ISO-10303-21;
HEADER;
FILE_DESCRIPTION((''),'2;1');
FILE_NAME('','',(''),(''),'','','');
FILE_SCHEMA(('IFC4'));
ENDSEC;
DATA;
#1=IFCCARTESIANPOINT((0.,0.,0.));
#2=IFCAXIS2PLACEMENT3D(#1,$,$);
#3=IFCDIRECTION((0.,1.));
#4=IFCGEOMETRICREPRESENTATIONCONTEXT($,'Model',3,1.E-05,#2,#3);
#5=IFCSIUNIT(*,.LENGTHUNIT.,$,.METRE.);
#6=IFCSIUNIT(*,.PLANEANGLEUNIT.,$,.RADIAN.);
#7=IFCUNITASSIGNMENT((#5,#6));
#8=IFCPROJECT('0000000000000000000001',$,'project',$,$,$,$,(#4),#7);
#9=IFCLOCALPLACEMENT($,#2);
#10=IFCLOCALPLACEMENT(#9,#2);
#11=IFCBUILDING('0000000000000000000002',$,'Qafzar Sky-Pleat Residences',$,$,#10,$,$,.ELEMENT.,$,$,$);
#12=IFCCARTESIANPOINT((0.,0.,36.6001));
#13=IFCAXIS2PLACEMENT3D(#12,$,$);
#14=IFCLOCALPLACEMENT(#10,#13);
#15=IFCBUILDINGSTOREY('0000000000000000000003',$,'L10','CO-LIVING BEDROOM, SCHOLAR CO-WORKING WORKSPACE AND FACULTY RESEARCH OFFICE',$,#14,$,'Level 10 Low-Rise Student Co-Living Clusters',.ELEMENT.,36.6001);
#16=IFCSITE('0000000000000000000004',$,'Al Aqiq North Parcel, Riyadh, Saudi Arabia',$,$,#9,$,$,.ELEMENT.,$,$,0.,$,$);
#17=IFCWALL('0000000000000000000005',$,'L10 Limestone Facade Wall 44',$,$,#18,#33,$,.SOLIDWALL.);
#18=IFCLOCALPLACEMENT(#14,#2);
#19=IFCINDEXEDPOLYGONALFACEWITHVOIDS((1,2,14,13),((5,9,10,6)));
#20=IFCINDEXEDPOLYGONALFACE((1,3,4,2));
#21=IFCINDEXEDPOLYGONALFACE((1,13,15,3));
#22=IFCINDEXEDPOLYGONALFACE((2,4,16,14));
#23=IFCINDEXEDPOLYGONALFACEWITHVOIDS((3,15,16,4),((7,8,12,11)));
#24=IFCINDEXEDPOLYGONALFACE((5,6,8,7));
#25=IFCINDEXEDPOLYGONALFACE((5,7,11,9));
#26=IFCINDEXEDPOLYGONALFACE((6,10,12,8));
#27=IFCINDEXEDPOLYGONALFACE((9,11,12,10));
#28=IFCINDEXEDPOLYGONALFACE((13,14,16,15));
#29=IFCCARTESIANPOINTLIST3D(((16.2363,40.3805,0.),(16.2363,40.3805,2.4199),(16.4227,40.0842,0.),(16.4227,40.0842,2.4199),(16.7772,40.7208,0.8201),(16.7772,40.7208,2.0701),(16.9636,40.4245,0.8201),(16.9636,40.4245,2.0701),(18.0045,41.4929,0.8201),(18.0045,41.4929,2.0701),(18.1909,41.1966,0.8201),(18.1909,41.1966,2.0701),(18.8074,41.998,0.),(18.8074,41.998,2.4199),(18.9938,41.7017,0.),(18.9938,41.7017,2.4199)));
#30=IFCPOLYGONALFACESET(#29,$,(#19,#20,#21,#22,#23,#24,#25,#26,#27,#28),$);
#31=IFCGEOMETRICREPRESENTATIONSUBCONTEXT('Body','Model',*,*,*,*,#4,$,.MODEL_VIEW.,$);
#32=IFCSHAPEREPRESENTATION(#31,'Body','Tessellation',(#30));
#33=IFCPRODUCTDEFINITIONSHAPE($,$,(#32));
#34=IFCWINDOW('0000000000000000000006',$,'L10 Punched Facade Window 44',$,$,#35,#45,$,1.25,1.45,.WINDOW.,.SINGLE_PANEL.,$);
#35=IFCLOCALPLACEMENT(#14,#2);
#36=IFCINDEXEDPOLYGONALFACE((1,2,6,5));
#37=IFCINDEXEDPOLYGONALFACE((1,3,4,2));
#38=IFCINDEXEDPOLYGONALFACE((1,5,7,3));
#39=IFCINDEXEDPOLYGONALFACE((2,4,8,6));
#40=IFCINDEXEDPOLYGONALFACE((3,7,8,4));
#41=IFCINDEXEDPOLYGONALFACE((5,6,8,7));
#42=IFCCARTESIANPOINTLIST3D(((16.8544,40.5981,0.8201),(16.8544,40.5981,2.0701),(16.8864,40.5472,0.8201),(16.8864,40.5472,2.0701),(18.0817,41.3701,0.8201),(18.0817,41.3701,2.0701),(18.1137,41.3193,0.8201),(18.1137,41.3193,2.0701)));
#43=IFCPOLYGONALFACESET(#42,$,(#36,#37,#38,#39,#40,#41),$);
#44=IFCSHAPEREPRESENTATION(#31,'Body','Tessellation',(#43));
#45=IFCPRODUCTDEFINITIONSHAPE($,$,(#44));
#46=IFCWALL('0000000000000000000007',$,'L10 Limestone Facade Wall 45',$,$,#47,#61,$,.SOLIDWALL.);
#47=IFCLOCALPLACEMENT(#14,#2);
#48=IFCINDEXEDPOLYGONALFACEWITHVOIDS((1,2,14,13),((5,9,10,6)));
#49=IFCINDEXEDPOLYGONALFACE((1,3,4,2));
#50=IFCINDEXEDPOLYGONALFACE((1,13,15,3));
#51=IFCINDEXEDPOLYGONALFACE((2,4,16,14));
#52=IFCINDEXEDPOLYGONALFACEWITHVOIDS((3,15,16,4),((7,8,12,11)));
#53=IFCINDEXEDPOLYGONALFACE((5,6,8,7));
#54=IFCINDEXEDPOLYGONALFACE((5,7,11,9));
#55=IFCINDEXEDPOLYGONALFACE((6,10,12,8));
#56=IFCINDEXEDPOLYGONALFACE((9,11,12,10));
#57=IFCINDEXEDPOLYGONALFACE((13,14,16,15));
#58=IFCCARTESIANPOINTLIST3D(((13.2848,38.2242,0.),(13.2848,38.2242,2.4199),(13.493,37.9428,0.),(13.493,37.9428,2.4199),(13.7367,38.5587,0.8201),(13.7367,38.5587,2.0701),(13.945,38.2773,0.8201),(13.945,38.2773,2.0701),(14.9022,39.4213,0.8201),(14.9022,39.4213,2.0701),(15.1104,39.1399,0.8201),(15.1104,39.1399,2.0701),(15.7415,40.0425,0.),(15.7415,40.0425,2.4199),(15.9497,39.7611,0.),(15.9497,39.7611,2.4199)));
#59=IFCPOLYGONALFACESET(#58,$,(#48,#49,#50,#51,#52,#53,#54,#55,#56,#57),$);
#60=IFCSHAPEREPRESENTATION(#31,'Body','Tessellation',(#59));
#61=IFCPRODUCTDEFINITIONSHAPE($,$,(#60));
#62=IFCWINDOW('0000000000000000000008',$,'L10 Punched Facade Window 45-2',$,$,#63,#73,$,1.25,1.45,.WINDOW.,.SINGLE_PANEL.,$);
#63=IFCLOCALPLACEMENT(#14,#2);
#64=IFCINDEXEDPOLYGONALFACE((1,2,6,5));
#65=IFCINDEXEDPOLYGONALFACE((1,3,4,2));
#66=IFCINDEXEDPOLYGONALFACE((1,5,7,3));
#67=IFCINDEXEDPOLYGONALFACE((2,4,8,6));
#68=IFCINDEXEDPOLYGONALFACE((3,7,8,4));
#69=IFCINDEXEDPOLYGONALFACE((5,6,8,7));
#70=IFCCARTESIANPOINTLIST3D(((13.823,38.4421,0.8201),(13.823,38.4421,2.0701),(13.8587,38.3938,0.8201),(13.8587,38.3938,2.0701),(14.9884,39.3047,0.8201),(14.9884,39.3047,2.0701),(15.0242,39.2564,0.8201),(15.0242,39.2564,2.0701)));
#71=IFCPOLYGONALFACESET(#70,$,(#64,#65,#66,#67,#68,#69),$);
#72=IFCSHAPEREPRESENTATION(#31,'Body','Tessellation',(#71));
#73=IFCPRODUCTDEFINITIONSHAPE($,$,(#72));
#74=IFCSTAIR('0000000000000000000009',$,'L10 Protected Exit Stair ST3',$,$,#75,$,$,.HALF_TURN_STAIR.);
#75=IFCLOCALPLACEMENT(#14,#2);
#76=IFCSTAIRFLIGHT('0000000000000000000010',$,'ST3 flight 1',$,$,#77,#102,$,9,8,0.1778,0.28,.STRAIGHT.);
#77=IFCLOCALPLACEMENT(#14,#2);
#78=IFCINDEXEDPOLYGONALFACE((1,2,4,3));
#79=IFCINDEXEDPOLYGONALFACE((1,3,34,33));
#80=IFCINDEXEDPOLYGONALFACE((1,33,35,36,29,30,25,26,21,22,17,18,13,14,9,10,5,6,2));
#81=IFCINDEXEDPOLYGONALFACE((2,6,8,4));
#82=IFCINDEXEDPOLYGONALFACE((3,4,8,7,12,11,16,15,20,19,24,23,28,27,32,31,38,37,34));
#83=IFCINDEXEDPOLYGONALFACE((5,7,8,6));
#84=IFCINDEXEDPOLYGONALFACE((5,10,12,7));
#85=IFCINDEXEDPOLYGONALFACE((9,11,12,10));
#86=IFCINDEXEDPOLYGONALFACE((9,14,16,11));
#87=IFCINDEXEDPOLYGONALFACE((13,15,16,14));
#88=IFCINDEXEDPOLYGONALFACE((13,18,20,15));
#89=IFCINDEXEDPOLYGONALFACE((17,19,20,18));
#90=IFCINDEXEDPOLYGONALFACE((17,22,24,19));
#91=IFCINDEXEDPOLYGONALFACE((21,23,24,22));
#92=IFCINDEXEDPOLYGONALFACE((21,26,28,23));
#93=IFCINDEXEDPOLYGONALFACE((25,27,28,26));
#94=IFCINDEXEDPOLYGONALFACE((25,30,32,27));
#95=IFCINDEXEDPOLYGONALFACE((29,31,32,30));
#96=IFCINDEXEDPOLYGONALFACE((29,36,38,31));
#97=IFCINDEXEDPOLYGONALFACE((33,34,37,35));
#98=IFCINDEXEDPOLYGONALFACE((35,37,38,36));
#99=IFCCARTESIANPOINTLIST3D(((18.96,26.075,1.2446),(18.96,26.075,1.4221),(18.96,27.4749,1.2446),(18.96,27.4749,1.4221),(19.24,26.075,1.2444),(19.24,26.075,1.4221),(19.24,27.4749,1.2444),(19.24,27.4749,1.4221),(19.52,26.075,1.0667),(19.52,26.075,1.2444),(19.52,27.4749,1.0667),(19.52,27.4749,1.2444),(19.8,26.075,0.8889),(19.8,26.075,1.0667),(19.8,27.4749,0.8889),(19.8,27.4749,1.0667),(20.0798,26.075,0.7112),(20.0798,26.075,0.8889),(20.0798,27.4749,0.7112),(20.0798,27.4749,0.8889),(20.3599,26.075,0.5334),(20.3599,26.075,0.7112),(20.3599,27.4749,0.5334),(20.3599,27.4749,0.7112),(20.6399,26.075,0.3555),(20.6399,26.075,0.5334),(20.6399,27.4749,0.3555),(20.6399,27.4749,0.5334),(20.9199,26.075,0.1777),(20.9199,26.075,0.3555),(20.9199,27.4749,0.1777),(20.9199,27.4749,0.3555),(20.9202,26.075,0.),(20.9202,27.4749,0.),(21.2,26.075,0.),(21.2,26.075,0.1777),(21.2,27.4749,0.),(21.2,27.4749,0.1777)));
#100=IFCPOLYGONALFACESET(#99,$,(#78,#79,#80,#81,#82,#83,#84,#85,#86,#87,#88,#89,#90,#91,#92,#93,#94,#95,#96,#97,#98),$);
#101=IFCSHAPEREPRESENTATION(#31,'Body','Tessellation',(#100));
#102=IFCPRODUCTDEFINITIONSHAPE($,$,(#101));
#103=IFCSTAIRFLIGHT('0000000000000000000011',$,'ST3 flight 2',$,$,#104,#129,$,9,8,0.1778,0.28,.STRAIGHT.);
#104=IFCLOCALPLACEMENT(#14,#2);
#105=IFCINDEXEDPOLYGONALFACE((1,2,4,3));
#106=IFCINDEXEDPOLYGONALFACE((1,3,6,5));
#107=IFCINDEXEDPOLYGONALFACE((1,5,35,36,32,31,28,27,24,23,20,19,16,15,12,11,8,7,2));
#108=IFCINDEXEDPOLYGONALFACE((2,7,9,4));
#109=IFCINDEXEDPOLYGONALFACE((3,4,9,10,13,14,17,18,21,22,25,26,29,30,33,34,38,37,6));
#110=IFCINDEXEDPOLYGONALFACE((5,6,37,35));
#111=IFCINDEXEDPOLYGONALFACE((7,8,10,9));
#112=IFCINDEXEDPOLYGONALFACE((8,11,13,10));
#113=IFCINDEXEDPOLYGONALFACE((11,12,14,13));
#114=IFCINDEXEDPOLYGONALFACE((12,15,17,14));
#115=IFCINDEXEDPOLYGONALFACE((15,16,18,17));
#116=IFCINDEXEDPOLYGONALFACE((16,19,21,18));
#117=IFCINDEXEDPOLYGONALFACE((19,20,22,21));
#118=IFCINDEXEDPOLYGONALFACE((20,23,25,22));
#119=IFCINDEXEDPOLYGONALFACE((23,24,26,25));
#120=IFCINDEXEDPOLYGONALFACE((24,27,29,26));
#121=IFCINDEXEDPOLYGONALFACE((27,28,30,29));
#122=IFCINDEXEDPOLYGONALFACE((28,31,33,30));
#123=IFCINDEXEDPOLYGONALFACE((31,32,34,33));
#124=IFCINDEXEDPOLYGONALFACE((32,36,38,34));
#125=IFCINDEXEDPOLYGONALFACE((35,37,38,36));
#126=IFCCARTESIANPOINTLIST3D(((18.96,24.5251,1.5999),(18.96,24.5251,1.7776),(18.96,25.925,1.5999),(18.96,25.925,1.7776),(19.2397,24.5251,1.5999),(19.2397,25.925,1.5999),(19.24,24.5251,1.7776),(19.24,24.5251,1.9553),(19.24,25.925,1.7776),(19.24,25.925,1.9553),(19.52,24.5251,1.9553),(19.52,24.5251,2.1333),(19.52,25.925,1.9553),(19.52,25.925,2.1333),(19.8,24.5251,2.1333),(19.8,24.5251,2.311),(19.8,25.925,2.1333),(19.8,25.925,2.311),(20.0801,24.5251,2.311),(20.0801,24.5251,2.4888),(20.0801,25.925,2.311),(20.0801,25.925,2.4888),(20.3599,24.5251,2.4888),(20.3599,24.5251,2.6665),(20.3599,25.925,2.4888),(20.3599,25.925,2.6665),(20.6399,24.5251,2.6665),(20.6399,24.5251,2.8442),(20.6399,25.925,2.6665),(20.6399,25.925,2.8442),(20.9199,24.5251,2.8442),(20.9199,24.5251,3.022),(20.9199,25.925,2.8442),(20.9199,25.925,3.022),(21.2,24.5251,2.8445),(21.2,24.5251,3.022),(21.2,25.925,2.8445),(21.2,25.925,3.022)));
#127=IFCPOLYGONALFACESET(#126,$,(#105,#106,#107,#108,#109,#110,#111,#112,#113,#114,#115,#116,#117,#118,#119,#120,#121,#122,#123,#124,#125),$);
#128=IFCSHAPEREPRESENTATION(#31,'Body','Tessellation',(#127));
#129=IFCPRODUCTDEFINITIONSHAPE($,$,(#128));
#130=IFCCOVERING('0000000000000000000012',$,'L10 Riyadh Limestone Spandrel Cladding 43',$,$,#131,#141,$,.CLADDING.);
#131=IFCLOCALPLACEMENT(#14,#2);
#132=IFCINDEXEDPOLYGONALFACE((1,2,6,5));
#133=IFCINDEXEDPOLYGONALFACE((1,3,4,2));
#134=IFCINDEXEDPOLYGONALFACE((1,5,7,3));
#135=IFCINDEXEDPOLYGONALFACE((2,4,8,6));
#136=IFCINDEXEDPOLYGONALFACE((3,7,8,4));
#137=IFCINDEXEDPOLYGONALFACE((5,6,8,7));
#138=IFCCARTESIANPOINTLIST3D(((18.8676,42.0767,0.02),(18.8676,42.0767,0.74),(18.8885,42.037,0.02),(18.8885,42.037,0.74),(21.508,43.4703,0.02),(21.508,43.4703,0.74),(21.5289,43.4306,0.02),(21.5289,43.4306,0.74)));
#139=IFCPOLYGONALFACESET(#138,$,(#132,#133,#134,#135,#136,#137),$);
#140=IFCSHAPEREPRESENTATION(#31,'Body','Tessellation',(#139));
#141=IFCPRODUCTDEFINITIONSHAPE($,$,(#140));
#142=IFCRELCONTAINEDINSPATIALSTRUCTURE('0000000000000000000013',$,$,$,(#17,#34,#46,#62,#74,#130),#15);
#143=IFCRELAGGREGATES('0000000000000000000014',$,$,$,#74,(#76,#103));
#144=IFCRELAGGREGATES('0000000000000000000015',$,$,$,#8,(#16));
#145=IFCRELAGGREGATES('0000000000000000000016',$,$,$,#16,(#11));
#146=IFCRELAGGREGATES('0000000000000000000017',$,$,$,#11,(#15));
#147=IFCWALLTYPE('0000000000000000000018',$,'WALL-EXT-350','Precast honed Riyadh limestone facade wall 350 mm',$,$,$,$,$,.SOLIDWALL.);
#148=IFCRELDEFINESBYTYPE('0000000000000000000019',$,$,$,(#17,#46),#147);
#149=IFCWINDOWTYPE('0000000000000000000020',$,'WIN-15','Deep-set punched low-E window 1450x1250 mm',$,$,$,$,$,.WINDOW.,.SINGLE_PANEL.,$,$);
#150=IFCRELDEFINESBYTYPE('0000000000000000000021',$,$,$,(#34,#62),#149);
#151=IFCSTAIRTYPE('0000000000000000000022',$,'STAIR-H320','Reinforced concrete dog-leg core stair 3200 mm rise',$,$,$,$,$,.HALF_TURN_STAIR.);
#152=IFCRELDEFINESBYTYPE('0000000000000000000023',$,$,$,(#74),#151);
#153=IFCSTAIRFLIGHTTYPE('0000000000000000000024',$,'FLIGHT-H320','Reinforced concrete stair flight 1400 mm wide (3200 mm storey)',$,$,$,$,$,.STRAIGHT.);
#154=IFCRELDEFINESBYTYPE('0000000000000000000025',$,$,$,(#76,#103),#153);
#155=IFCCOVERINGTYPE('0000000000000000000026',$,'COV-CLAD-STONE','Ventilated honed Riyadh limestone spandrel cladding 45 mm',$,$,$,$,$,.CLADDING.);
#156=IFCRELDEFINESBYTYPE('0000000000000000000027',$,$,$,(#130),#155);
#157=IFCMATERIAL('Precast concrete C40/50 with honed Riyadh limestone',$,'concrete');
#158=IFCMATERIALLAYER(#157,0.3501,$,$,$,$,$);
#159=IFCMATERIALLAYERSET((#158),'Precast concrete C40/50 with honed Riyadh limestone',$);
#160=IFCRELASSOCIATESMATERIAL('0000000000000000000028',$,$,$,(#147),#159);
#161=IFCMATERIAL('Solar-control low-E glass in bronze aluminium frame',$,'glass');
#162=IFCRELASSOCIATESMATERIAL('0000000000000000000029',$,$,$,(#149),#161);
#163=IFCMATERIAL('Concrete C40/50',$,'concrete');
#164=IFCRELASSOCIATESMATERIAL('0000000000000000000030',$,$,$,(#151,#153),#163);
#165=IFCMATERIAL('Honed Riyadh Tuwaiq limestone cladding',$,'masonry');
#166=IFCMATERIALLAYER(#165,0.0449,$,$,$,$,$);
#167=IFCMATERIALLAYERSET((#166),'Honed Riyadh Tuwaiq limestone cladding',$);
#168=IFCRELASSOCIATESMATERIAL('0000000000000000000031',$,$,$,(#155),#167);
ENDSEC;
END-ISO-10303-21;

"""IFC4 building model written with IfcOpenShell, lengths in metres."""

from ifc_helpers import new_model, si_unit, direction, frame, frame_2d, origin, origin_2d, place, context, subcontext, project, spatial, polyline, rectangle, outline, extrude, source, transform, mapped, material, layer, layer_set, type_object, element, fill, aggregate, save


model = new_model("IFC4")

# Units and contexts
model_context = context("Model", 3, precision=1e-05, world=origin(), true_north=direction((0.0, 1.0)))
body_context = subcontext(model_context, "Body", "Model", "MODEL_VIEW")
ifc_project = project(units=[si_unit("LENGTHUNIT", "METRE"), si_unit("PLANEANGLEUNIT", "RADIAN")], contexts=[model_context])

# Site, building, storey
site_placement = place(None, origin())
site = spatial("IfcSite", under=ifc_project, at=site_placement, Name="Al Aqiq North Parcel, Riyadh, Saudi Arabia", CompositionType="ELEMENT", RefElevation=0.0)
building_placement = place(site_placement, origin())
building = spatial("IfcBuilding", under=site, at=building_placement, Name="Qafzar Sky-Pleat Residences", CompositionType="ELEMENT")
storey_placement = place(building_placement, frame((0.0, 0.0, 36.6001)))
storey = spatial("IfcBuildingStorey", under=building, at=storey_placement, Name="L10", Description="CO-LIVING BEDROOM, SCHOLAR CO-WORKING WORKSPACE AND FACULTY RESEARCH OFFICE", LongName="Level 10 Low-Rise Student Co-Living Clusters", CompositionType="ELEMENT", Elevation=36.6001)

# Walls, openings, windows
ifc_material_1 = material(Name="Precast concrete C40/50 with honed Riyadh limestone", Category="concrete")
ifc_layer_1 = layer(ifc_material_1, 0.3501)
ifc_layer_set_1 = layer_set([ifc_layer_1], Name="Precast concrete C40/50 with honed Riyadh limestone")
wall_type_1 = type_object("IfcWallType", Name="WALL-EXT-350", Description="Precast honed Riyadh limestone facade wall 350 mm", PredefinedType="SOLIDWALL", material=ifc_layer_set_1)
wall_1_placement = place(storey_placement, frame((18.9006, 41.8499, 0.0), z_axis=(0.0, 0.0, 1.0), x_axis=(-0.846437, -0.532489, 0.0)))
wall_1 = element("IfcWall", 1, at=wall_1_placement, inside=storey, type_object=wall_type_1, Name="L10 Limestone Facade Wall 44", PredefinedType="SOLIDWALL", context=body_context, shape_type="SweptSolid", body=[
    extrude(rectangle(XDim=3.0376, YDim=0.3501, at=frame_2d((1.5188, 0.0))), origin(), (0.0, 0.0, 1.0), 2.4199),
])
opening_1_placement = place(wall_1_placement, frame((0.9485, 0.0, 0.8201)))
opening_1 = element("IfcOpeningElement", 2, at=opening_1_placement, cuts=wall_1, PredefinedType="OPENING", context=body_context, shape_type="SweptSolid", body=[
    extrude(rectangle(XDim=1.45, YDim=1.25, at=frame_2d((0.7251, 0.625))), frame((0.0, 0.1851, 0.0), z_axis=(0.0, -1.0, 0.0), x_axis=(1.0, 0.0, 0.0)), (0.0, 0.0, 1.0), 0.3701),
])
ifc_material_2 = material(Name="Solar-control low-E glass in bronze aluminium frame", Category="glass")
window_type = type_object("IfcWindowType", Name="WIN-15", Description="Deep-set punched low-E window 1450x1250 mm", PartitioningType="SINGLE_PANEL", PredefinedType="WINDOW", material=ifc_material_2)
shared_shape_1 = source(origin(), body_context, "Body", "SweptSolid", [
    extrude(rectangle(XDim=1.45, YDim=1.25, at=frame_2d((0.7251, 0.625))), frame((0.0, 0.03, 0.0), z_axis=(0.0, -1.0, 0.0), x_axis=(1.0, 0.0, 0.0)), (0.0, 0.0, 1.0), 0.0601),
])
window_1_placement = place(opening_1_placement, origin())
window_1 = element("IfcWindow", 3, at=window_1_placement, inside=storey, type_object=window_type, Name="L10 Punched Facade Window 44", OverallHeight=1.25, OverallWidth=1.45, PartitioningType="SINGLE_PANEL", PredefinedType="WINDOW", context=body_context, shape_type="MappedRepresentation", body=[
    mapped(shared_shape_1, transform((0.0, 0.0, 0.0), x_axis=(1.0, 0.0, 0.0), y_axis=(0.0, 1.0, 0.0), z_axis=(0.0, 0.0, 1.0), scale=1.0)),
])
fill(opening_1, window_1)
wall_2_placement = place(storey_placement, frame((15.8457, 39.9019, 0.0), z_axis=(0.0, 0.0, 1.0), x_axis=(-0.803789, -0.594914, 0.0)))
wall_2 = element("IfcWall", 4, at=wall_2_placement, inside=storey, type_object=wall_type_1, Name="L10 Limestone Facade Wall 45", PredefinedType="SOLIDWALL", context=body_context, shape_type="SweptSolid", body=[
    extrude(rectangle(XDim=3.0564, YDim=0.3501, at=frame_2d((1.5283, 0.0))), origin(), (0.0, 0.0, 1.0), 2.4199),
])
opening_2_placement = place(wall_2_placement, frame((1.0442, 0.0, 0.8201)))
opening_2 = element("IfcOpeningElement", 5, at=opening_2_placement, cuts=wall_2, PredefinedType="OPENING", context=body_context, shape_type="SweptSolid", body=[
    extrude(rectangle(XDim=1.45, YDim=1.25, at=frame_2d((0.7251, 0.625))), frame((0.0, 0.1851, 0.0), z_axis=(0.0, -1.0, 0.0), x_axis=(1.0, 0.0, 0.0)), (0.0, 0.0, 1.0), 0.3701),
])
window_2_placement = place(opening_2_placement, origin())
window_2 = element("IfcWindow", 6, at=window_2_placement, inside=storey, type_object=window_type, Name="L10 Punched Facade Window 45-2", OverallHeight=1.25, OverallWidth=1.45, PartitioningType="SINGLE_PANEL", PredefinedType="WINDOW", context=body_context, shape_type="MappedRepresentation", body=[
    mapped(shared_shape_1, transform((0.0, 0.0, 0.0), x_axis=(1.0, 0.0, 0.0), y_axis=(0.0, 1.0, 0.0), z_axis=(0.0, 0.0, 1.0), scale=1.0)),
])
fill(opening_2, window_2)

# Stair, stair flights
ifc_material_3 = material(Name="Concrete C40/50", Category="concrete")
stair_type = type_object("IfcStairType", Name="STAIR-H320", Description="Reinforced concrete dog-leg core stair 3200 mm rise", PredefinedType="HALF_TURN_STAIR", material=ifc_material_3)
stair_placement = place(storey_placement, origin())
stair = element("IfcStair", 7, at=stair_placement, inside=storey, type_object=stair_type, Name="L10 Protected Exit Stair ST3", PredefinedType="HALF_TURN_STAIR")
stair_flight_type = type_object("IfcStairFlightType", Name="FLIGHT-H320", Description="Reinforced concrete stair flight 1400 mm wide (3200 mm storey)", PredefinedType="STRAIGHT", material=ifc_material_3)
shared_shape_2 = source(origin(), body_context, "Body", "SweptSolid", [
    extrude(outline(polyline([(0.0, 0.0), (0.0, 0.1777), (0.28, 0.1777), (0.28, 0.3555), (0.5601, 0.3555), (0.5601, 0.5334), (0.8401, 0.5334), (0.8401, 0.7112), (1.1201, 0.7112), (1.1201, 0.8889), (1.3999, 0.8889), (1.3999, 1.0667), (1.6799, 1.0667), (1.6799, 1.2444), (1.96, 1.2444), (1.96, 1.4221), (2.24, 1.4221), (2.24, 1.6001), (2.24, 1.2446), (0.2798, 0.0), (0.0, 0.0)])), frame((0.0, 0.7, 0.0), z_axis=(0.0, -1.0, 0.0), x_axis=(1.0, 0.0, 0.0)), (0.0, 0.0, 1.0), 1.3999),
])
stair_flight_1_placement = place(storey_placement, frame((21.2, 26.7749, 0.0), z_axis=(0.0, 0.0, 1.0), x_axis=(-1.0, 0.0, 0.0)))
stair_flight_1 = element("IfcStairFlight", 8, at=stair_flight_1_placement, type_object=stair_flight_type, Name="ST3 flight 1", NumberOfRisers=9, NumberOfTreads=8, PredefinedType="STRAIGHT", RiserHeight=0.1778, TreadLength=0.28, context=body_context, shape_type="MappedRepresentation", body=[
    mapped(shared_shape_2, transform((0.0, 0.0, 0.0), x_axis=(1.0, 0.0, 0.0), y_axis=(0.0, 1.0, 0.0), z_axis=(0.0, 0.0, 1.0), scale=1.0)),
])
stair_flight_2_placement = place(storey_placement, frame((18.96, 25.2251, 1.5999), z_axis=(0.0, 0.0, 1.0), x_axis=(1.0, 0.0, 0.0)))
stair_flight_2 = element("IfcStairFlight", 9, at=stair_flight_2_placement, type_object=stair_flight_type, Name="ST3 flight 2", NumberOfRisers=9, NumberOfTreads=8, PredefinedType="STRAIGHT", RiserHeight=0.1778, TreadLength=0.28, context=body_context, shape_type="MappedRepresentation", body=[
    mapped(shared_shape_2, transform((0.0, 0.0, 0.0), x_axis=(1.0, 0.0, 0.0), y_axis=(0.0, 1.0, 0.0), z_axis=(0.0, 0.0, 1.0), scale=1.0)),
])
aggregate(stair, [stair_flight_1, stair_flight_2])

# Covering
ifc_material_4 = material(Name="Honed Riyadh Tuwaiq limestone cladding", Category="masonry")
ifc_layer_2 = layer(ifc_material_4, 0.0449)
ifc_layer_set_2 = layer_set([ifc_layer_2], Name="Honed Riyadh Tuwaiq limestone cladding")
covering_type = type_object("IfcCoveringType", Name="COV-CLAD-STONE", Description="Ventilated honed Riyadh limestone spandrel cladding 45 mm", PredefinedType="CLADDING", material=ifc_layer_set_2)
shared_shape_3 = source(origin(), body_context, "Body", "SweptSolid", [
    extrude(rectangle(XDim=2.9856, YDim=0.0449, at=origin_2d()), origin(), (0.0, 0.0, 1.0), 0.72),
])
covering_placement = place(storey_placement, frame((20.1982, 42.7537, 0.02), z_axis=(0.0, 0.0, 1.0), x_axis=(-0.884384, -0.46676, 0.0)))
element("IfcCovering", 10, at=covering_placement, inside=storey, type_object=covering_type, Name="L10 Riyadh Limestone Spandrel Cladding 43", PredefinedType="CLADDING", context=body_context, shape_type="MappedRepresentation", body=[
    mapped(shared_shape_3, transform((0.0, 0.0, 0.0), x_axis=(1.0, 0.0, 0.0), y_axis=(0.0, 1.0, 0.0), z_axis=(0.0, 0.0, 1.0), scale=1.0)),
])

save(model, "model.ifc")
